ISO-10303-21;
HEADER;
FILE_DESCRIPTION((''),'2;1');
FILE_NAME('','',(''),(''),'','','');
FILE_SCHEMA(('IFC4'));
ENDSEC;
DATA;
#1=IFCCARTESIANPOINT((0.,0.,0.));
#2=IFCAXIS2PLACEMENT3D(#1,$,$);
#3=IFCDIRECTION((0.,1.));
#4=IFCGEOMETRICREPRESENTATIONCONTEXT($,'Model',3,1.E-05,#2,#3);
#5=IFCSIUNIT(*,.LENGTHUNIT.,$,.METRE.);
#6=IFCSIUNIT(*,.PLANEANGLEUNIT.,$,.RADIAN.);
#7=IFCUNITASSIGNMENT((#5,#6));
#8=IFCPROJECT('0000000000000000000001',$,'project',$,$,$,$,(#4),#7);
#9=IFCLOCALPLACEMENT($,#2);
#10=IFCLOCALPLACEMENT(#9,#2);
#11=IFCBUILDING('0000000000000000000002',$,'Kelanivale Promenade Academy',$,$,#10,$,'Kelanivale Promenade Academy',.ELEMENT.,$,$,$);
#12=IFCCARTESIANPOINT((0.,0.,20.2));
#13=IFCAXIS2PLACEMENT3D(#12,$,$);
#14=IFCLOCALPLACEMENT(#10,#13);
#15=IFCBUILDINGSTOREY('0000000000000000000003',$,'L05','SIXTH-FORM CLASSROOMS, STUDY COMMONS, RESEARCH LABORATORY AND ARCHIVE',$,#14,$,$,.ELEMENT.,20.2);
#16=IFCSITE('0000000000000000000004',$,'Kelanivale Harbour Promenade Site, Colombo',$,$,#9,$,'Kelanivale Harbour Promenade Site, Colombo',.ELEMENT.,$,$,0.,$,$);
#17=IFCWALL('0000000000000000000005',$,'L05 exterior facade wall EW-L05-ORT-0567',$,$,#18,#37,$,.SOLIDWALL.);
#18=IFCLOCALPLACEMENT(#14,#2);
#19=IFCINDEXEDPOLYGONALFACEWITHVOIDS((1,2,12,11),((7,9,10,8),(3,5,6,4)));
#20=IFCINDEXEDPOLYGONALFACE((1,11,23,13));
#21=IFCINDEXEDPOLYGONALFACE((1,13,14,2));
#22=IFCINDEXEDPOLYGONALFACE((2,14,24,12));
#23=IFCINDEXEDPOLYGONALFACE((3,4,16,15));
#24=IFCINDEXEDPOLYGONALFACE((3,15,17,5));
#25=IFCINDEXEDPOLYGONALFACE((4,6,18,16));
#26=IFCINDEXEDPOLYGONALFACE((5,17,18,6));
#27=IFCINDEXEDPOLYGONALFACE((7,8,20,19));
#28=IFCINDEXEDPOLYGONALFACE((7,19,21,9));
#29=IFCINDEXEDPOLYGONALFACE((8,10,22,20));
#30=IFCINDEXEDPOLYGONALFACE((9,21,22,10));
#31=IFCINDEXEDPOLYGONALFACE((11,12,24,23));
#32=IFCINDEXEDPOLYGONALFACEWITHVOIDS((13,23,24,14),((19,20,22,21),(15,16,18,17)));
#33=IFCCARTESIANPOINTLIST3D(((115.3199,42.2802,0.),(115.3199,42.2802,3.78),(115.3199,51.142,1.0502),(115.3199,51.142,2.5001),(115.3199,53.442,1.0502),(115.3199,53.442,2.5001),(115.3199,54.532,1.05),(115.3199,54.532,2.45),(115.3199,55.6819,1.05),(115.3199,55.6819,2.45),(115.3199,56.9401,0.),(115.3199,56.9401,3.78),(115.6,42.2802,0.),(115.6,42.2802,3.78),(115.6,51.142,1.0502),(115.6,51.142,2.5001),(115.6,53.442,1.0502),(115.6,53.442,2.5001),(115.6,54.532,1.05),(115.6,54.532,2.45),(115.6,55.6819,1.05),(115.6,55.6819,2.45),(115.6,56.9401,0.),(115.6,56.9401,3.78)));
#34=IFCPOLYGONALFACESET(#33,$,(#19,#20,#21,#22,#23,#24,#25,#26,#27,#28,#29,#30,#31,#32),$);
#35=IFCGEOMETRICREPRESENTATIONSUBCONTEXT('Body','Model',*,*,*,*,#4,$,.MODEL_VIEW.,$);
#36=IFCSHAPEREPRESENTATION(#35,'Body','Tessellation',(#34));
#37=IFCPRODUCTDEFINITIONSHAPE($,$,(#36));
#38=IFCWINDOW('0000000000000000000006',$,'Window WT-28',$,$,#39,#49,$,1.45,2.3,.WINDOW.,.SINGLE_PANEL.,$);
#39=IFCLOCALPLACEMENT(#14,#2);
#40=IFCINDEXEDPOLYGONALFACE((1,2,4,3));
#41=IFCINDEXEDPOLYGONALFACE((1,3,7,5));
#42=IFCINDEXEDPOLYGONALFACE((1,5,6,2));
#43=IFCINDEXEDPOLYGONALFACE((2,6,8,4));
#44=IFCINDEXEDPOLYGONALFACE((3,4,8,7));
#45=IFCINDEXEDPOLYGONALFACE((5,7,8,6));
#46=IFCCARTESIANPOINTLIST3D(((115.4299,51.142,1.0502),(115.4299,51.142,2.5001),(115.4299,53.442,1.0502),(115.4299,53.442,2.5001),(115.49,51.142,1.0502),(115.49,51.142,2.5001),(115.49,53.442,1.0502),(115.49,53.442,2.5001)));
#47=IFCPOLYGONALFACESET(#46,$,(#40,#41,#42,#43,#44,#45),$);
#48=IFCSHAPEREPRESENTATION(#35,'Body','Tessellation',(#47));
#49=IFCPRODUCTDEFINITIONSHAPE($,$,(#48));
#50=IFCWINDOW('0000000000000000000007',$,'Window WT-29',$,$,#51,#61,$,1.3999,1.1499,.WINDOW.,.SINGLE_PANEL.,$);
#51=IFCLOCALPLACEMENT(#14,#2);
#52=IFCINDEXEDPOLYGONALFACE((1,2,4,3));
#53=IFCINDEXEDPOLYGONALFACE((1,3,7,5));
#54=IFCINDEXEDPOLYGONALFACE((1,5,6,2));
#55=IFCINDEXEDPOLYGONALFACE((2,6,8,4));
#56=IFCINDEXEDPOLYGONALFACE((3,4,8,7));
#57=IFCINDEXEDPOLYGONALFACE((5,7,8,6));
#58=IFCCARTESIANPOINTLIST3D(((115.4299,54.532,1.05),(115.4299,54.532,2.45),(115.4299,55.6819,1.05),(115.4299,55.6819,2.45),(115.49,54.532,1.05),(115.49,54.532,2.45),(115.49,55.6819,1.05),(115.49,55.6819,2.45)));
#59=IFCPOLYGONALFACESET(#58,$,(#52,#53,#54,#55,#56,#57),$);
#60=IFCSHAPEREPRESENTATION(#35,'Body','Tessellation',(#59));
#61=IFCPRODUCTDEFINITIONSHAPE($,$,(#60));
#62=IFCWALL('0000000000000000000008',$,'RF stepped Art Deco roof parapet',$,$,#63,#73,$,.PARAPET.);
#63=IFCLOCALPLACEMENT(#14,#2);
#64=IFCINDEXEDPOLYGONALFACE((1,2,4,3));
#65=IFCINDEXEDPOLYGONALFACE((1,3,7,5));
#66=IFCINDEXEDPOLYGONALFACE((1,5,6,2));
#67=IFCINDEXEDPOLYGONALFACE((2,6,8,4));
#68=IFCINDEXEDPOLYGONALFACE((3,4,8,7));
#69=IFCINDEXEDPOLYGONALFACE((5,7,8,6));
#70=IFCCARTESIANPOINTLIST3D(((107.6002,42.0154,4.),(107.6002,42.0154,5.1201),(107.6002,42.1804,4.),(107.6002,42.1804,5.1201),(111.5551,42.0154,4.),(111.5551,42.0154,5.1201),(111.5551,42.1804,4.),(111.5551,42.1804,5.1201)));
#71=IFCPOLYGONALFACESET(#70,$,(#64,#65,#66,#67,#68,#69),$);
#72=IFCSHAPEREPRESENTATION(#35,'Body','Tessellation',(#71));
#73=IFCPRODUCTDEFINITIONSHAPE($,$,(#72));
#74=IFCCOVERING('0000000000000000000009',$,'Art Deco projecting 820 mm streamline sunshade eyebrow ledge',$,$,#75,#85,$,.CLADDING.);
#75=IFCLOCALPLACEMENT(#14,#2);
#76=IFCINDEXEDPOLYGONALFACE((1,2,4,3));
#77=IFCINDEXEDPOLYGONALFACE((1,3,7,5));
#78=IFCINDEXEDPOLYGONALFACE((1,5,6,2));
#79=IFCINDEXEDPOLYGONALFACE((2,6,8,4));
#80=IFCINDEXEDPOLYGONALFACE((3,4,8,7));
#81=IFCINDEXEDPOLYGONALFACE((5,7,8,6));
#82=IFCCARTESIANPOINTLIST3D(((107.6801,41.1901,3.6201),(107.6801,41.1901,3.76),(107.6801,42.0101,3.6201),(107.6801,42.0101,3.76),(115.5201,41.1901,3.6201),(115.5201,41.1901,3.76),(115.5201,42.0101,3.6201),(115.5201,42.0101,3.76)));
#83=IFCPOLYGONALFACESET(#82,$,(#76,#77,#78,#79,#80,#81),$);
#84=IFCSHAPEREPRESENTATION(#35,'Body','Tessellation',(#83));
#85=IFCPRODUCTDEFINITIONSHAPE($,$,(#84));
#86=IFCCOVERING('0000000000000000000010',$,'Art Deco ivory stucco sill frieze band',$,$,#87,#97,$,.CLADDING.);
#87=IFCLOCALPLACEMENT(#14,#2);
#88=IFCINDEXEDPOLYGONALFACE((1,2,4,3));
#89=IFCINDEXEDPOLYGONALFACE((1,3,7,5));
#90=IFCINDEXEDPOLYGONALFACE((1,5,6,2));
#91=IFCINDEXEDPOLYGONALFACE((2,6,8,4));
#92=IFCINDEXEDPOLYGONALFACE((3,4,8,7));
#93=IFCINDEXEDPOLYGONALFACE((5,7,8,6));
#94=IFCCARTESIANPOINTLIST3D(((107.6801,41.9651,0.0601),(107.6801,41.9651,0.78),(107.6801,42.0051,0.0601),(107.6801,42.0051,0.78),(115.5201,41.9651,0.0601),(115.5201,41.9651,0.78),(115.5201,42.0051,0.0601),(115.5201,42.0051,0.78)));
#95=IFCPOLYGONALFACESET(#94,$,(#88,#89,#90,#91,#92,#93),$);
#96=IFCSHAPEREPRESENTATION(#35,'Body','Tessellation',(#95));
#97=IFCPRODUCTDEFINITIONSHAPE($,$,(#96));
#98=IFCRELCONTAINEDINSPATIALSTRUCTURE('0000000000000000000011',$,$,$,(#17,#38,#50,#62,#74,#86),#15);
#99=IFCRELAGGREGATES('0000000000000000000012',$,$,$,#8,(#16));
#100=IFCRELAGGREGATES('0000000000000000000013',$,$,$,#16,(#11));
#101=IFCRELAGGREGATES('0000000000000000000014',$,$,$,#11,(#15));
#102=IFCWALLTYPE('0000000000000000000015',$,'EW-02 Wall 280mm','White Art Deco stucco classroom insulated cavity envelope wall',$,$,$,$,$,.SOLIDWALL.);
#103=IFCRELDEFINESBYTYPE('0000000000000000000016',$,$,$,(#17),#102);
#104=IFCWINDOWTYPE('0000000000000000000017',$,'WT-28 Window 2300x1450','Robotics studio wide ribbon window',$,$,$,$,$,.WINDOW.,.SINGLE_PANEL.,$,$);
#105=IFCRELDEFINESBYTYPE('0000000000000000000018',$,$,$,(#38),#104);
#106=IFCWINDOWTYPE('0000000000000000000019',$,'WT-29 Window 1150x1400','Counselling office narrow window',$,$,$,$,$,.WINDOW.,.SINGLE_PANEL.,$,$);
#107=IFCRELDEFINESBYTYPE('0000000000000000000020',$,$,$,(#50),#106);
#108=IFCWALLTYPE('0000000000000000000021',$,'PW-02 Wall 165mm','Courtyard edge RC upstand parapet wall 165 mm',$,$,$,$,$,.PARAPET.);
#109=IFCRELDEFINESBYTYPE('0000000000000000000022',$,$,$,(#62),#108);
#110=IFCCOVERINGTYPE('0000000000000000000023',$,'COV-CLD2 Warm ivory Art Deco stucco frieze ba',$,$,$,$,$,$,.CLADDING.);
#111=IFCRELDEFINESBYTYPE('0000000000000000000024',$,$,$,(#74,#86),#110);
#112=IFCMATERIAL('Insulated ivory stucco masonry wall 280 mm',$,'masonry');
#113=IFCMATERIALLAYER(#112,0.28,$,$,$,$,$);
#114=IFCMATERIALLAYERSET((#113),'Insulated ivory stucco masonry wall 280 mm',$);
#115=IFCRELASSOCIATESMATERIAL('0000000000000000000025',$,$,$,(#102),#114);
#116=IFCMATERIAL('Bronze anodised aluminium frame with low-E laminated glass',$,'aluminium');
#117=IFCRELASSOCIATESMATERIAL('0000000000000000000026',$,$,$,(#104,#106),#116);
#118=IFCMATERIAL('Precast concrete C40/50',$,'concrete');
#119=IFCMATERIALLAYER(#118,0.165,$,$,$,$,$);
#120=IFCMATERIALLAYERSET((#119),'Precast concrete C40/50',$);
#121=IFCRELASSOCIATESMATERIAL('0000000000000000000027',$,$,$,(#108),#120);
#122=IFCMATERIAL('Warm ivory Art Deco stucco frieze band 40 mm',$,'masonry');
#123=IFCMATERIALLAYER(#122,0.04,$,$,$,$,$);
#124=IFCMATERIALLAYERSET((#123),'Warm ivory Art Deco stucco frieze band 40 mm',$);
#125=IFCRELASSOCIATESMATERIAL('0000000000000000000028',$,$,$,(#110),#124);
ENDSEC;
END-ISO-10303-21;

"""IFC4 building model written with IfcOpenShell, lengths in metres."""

from ifc_helpers import new_model, si_unit, direction, frame, frame_2d, origin, origin_2d, place, context, subcontext, project, spatial, rectangle, extrude, material, layer, layer_set, type_object, element, fill, save


model = new_model("IFC4")

# Units and contexts
model_context = context("Model", 3, precision=1e-05, world=origin(), true_north=direction((0.0, 1.0)))
body_context = subcontext(model_context, "Body", "Model", "MODEL_VIEW")
ifc_project = project(units=[si_unit("LENGTHUNIT", "METRE"), si_unit("PLANEANGLEUNIT", "RADIAN")], contexts=[model_context])

# Site, building, storey
site_placement = place(None, origin())
site = spatial("IfcSite", under=ifc_project, at=site_placement, Name="Kelanivale Harbour Promenade Site, Colombo", LongName="Kelanivale Harbour Promenade Site, Colombo", CompositionType="ELEMENT", RefElevation=0.0)
building_placement = place(site_placement, origin())
building = spatial("IfcBuilding", under=site, at=building_placement, Name="Kelanivale Promenade Academy", LongName="Kelanivale Promenade Academy", CompositionType="ELEMENT")
storey_placement = place(building_placement, frame((0.0, 0.0, 20.2)))
storey = spatial("IfcBuildingStorey", under=building, at=storey_placement, Name="L05", Description="SIXTH-FORM CLASSROOMS, STUDY COMMONS, RESEARCH LABORATORY AND ARCHIVE", CompositionType="ELEMENT", Elevation=20.2)

# Shared definitions
ifc_material_1 = material(Name="Insulated ivory stucco masonry wall 280 mm", Category="masonry")
ifc_layer_1 = layer(ifc_material_1, 0.28)
ifc_layer_set_1 = layer_set([ifc_layer_1], Name="Insulated ivory stucco masonry wall 280 mm")
wall_type_1 = type_object("IfcWallType", Name="EW-02 Wall 280mm", Description="White Art Deco stucco classroom insulated cavity envelope wall", PredefinedType="SOLIDWALL", material=ifc_layer_set_1)

# Wall, openings, windows
wall_1_placement = place(storey_placement, frame((115.46, 42.28, 0.0), z_axis=(0.0, 0.0, 1.0), x_axis=(0.0, 1.0, 0.0)))
wall_1 = element("IfcWall", 1, at=wall_1_placement, inside=storey, type_object=wall_type_1, Name="L05 exterior facade wall EW-L05-ORT-0567", PredefinedType="SOLIDWALL", context=body_context, shape_type="SweptSolid", body=[
    extrude(rectangle(XDim=14.6599, YDim=0.28, at=frame_2d((7.3301, 0.0))), origin(), (0.0, 0.0, 1.0), 3.78),
])
opening_1_placement = place(wall_1_placement, frame((8.8621, 0.0, 1.05)))
opening_1 = element("IfcOpeningElement", 2, at=opening_1_placement, cuts=wall_1, PredefinedType="OPENING", context=body_context, shape_type="SweptSolid", body=[
    extrude(rectangle(XDim=2.3, YDim=1.45, at=frame_2d((1.1499, 0.7251))), frame((0.0, 0.1499, 0.0), z_axis=(0.0, -1.0, 0.0), x_axis=(1.0, 0.0, 0.0)), (0.0, 0.0, 1.0), 0.3),
])
opening_2_placement = place(wall_1_placement, frame((12.252, 0.0, 1.05)))
opening_2 = element("IfcOpeningElement", 3, at=opening_2_placement, cuts=wall_1, PredefinedType="OPENING", context=body_context, shape_type="SweptSolid", body=[
    extrude(rectangle(XDim=1.1499, YDim=1.3999, at=frame_2d((0.575, 0.7))), frame((0.0, 0.1499, 0.0), z_axis=(0.0, -1.0, 0.0), x_axis=(1.0, 0.0, 0.0)), (0.0, 0.0, 1.0), 0.3),
])
ifc_material_2 = material(Name="Bronze anodised aluminium frame with low-E laminated glass", Category="aluminium")
window_type_1 = type_object("IfcWindowType", Name="WT-28 Window 2300x1450", Description="Robotics studio wide ribbon window", PartitioningType="SINGLE_PANEL", PredefinedType="WINDOW", material=ifc_material_2)
window_1_placement = place(opening_1_placement, origin())
window_1 = element("IfcWindow", 4, at=window_1_placement, inside=storey, type_object=window_type_1, Name="Window WT-28", OverallHeight=1.45, OverallWidth=2.3, PartitioningType="SINGLE_PANEL", PredefinedType="WINDOW", context=body_context, shape_type="SweptSolid", body=[
    extrude(rectangle(XDim=2.3, YDim=1.45, at=frame_2d((1.1499, 0.7251))), frame((0.0, 0.03, 0.0), z_axis=(0.0, -1.0, 0.0), x_axis=(1.0, 0.0, 0.0)), (0.0, 0.0, 1.0), 0.0601),
])
fill(opening_1, window_1)
window_type_2 = type_object("IfcWindowType", Name="WT-29 Window 1150x1400", Description="Counselling office narrow window", PartitioningType="SINGLE_PANEL", PredefinedType="WINDOW", material=ifc_material_2)
window_2_placement = place(opening_2_placement, origin())
window_2 = element("IfcWindow", 5, at=window_2_placement, inside=storey, type_object=window_type_2, Name="Window WT-29", OverallHeight=1.3999, OverallWidth=1.1499, PartitioningType="SINGLE_PANEL", PredefinedType="WINDOW", context=body_context, shape_type="SweptSolid", body=[
    extrude(rectangle(XDim=1.1499, YDim=1.3999, at=frame_2d((0.575, 0.7))), frame((0.0, 0.03, 0.0), z_axis=(0.0, -1.0, 0.0), x_axis=(1.0, 0.0, 0.0)), (0.0, 0.0, 1.0), 0.0601),
])
fill(opening_2, window_2)

# Wall
ifc_material_3 = material(Name="Precast concrete C40/50", Category="concrete")
ifc_layer_2 = layer(ifc_material_3, 0.165)
ifc_layer_set_2 = layer_set([ifc_layer_2], Name="Precast concrete C40/50")
wall_type_2 = type_object("IfcWallType", Name="PW-02 Wall 165mm", Description="Courtyard edge RC upstand parapet wall 165 mm", PredefinedType="PARAPET", material=ifc_layer_set_2)
wall_2_placement = place(storey_placement, frame((107.6001, 42.0979, 4.0), z_axis=(0.0, 0.0, 1.0), x_axis=(1.0, 0.0, 0.0)))
element("IfcWall", 6, at=wall_2_placement, inside=storey, type_object=wall_type_2, Name="RF stepped Art Deco roof parapet", PredefinedType="PARAPET", context=body_context, shape_type="SweptSolid", body=[
    extrude(rectangle(XDim=3.9548, YDim=0.165, at=frame_2d((1.9775, 0.0))), origin(), (0.0, 0.0, 1.0), 1.1201),
])

# Coverings
ifc_material_4 = material(Name="Warm ivory Art Deco stucco frieze band 40 mm", Category="masonry")
ifc_layer_3 = layer(ifc_material_4, 0.04)
ifc_layer_set_3 = layer_set([ifc_layer_3], Name="Warm ivory Art Deco stucco frieze band 40 mm")
covering_type = type_object("IfcCoveringType", Name="COV-CLD2 Warm ivory Art Deco stucco frieze ba", PredefinedType="CLADDING", material=ifc_layer_set_3)
covering_1_placement = place(storey_placement, frame((111.6001, 41.6001, 3.6201), z_axis=(0.0, 0.0, 1.0), x_axis=(1.0, 0.0, 0.0)))
element("IfcCovering", 7, at=covering_1_placement, inside=storey, type_object=covering_type, Name="Art Deco projecting 820 mm streamline sunshade eyebrow ledge", PredefinedType="CLADDING", context=body_context, shape_type="SweptSolid", body=[
    extrude(rectangle(XDim=7.8401, YDim=0.8201, at=origin_2d()), origin(), (0.0, 0.0, 1.0), 0.1399),
])
covering_2_placement = place(storey_placement, frame((111.6001, 41.9851, 0.0601), z_axis=(0.0, 0.0, 1.0), x_axis=(1.0, 0.0, 0.0)))
element("IfcCovering", 8, at=covering_2_placement, inside=storey, type_object=covering_type, Name="Art Deco ivory stucco sill frieze band", PredefinedType="CLADDING", context=body_context, shape_type="SweptSolid", body=[
    extrude(rectangle(XDim=7.8401, YDim=0.04, at=origin_2d()), origin(), (0.0, 0.0, 1.0), 0.72),
])

save(model, "model.ifc")
